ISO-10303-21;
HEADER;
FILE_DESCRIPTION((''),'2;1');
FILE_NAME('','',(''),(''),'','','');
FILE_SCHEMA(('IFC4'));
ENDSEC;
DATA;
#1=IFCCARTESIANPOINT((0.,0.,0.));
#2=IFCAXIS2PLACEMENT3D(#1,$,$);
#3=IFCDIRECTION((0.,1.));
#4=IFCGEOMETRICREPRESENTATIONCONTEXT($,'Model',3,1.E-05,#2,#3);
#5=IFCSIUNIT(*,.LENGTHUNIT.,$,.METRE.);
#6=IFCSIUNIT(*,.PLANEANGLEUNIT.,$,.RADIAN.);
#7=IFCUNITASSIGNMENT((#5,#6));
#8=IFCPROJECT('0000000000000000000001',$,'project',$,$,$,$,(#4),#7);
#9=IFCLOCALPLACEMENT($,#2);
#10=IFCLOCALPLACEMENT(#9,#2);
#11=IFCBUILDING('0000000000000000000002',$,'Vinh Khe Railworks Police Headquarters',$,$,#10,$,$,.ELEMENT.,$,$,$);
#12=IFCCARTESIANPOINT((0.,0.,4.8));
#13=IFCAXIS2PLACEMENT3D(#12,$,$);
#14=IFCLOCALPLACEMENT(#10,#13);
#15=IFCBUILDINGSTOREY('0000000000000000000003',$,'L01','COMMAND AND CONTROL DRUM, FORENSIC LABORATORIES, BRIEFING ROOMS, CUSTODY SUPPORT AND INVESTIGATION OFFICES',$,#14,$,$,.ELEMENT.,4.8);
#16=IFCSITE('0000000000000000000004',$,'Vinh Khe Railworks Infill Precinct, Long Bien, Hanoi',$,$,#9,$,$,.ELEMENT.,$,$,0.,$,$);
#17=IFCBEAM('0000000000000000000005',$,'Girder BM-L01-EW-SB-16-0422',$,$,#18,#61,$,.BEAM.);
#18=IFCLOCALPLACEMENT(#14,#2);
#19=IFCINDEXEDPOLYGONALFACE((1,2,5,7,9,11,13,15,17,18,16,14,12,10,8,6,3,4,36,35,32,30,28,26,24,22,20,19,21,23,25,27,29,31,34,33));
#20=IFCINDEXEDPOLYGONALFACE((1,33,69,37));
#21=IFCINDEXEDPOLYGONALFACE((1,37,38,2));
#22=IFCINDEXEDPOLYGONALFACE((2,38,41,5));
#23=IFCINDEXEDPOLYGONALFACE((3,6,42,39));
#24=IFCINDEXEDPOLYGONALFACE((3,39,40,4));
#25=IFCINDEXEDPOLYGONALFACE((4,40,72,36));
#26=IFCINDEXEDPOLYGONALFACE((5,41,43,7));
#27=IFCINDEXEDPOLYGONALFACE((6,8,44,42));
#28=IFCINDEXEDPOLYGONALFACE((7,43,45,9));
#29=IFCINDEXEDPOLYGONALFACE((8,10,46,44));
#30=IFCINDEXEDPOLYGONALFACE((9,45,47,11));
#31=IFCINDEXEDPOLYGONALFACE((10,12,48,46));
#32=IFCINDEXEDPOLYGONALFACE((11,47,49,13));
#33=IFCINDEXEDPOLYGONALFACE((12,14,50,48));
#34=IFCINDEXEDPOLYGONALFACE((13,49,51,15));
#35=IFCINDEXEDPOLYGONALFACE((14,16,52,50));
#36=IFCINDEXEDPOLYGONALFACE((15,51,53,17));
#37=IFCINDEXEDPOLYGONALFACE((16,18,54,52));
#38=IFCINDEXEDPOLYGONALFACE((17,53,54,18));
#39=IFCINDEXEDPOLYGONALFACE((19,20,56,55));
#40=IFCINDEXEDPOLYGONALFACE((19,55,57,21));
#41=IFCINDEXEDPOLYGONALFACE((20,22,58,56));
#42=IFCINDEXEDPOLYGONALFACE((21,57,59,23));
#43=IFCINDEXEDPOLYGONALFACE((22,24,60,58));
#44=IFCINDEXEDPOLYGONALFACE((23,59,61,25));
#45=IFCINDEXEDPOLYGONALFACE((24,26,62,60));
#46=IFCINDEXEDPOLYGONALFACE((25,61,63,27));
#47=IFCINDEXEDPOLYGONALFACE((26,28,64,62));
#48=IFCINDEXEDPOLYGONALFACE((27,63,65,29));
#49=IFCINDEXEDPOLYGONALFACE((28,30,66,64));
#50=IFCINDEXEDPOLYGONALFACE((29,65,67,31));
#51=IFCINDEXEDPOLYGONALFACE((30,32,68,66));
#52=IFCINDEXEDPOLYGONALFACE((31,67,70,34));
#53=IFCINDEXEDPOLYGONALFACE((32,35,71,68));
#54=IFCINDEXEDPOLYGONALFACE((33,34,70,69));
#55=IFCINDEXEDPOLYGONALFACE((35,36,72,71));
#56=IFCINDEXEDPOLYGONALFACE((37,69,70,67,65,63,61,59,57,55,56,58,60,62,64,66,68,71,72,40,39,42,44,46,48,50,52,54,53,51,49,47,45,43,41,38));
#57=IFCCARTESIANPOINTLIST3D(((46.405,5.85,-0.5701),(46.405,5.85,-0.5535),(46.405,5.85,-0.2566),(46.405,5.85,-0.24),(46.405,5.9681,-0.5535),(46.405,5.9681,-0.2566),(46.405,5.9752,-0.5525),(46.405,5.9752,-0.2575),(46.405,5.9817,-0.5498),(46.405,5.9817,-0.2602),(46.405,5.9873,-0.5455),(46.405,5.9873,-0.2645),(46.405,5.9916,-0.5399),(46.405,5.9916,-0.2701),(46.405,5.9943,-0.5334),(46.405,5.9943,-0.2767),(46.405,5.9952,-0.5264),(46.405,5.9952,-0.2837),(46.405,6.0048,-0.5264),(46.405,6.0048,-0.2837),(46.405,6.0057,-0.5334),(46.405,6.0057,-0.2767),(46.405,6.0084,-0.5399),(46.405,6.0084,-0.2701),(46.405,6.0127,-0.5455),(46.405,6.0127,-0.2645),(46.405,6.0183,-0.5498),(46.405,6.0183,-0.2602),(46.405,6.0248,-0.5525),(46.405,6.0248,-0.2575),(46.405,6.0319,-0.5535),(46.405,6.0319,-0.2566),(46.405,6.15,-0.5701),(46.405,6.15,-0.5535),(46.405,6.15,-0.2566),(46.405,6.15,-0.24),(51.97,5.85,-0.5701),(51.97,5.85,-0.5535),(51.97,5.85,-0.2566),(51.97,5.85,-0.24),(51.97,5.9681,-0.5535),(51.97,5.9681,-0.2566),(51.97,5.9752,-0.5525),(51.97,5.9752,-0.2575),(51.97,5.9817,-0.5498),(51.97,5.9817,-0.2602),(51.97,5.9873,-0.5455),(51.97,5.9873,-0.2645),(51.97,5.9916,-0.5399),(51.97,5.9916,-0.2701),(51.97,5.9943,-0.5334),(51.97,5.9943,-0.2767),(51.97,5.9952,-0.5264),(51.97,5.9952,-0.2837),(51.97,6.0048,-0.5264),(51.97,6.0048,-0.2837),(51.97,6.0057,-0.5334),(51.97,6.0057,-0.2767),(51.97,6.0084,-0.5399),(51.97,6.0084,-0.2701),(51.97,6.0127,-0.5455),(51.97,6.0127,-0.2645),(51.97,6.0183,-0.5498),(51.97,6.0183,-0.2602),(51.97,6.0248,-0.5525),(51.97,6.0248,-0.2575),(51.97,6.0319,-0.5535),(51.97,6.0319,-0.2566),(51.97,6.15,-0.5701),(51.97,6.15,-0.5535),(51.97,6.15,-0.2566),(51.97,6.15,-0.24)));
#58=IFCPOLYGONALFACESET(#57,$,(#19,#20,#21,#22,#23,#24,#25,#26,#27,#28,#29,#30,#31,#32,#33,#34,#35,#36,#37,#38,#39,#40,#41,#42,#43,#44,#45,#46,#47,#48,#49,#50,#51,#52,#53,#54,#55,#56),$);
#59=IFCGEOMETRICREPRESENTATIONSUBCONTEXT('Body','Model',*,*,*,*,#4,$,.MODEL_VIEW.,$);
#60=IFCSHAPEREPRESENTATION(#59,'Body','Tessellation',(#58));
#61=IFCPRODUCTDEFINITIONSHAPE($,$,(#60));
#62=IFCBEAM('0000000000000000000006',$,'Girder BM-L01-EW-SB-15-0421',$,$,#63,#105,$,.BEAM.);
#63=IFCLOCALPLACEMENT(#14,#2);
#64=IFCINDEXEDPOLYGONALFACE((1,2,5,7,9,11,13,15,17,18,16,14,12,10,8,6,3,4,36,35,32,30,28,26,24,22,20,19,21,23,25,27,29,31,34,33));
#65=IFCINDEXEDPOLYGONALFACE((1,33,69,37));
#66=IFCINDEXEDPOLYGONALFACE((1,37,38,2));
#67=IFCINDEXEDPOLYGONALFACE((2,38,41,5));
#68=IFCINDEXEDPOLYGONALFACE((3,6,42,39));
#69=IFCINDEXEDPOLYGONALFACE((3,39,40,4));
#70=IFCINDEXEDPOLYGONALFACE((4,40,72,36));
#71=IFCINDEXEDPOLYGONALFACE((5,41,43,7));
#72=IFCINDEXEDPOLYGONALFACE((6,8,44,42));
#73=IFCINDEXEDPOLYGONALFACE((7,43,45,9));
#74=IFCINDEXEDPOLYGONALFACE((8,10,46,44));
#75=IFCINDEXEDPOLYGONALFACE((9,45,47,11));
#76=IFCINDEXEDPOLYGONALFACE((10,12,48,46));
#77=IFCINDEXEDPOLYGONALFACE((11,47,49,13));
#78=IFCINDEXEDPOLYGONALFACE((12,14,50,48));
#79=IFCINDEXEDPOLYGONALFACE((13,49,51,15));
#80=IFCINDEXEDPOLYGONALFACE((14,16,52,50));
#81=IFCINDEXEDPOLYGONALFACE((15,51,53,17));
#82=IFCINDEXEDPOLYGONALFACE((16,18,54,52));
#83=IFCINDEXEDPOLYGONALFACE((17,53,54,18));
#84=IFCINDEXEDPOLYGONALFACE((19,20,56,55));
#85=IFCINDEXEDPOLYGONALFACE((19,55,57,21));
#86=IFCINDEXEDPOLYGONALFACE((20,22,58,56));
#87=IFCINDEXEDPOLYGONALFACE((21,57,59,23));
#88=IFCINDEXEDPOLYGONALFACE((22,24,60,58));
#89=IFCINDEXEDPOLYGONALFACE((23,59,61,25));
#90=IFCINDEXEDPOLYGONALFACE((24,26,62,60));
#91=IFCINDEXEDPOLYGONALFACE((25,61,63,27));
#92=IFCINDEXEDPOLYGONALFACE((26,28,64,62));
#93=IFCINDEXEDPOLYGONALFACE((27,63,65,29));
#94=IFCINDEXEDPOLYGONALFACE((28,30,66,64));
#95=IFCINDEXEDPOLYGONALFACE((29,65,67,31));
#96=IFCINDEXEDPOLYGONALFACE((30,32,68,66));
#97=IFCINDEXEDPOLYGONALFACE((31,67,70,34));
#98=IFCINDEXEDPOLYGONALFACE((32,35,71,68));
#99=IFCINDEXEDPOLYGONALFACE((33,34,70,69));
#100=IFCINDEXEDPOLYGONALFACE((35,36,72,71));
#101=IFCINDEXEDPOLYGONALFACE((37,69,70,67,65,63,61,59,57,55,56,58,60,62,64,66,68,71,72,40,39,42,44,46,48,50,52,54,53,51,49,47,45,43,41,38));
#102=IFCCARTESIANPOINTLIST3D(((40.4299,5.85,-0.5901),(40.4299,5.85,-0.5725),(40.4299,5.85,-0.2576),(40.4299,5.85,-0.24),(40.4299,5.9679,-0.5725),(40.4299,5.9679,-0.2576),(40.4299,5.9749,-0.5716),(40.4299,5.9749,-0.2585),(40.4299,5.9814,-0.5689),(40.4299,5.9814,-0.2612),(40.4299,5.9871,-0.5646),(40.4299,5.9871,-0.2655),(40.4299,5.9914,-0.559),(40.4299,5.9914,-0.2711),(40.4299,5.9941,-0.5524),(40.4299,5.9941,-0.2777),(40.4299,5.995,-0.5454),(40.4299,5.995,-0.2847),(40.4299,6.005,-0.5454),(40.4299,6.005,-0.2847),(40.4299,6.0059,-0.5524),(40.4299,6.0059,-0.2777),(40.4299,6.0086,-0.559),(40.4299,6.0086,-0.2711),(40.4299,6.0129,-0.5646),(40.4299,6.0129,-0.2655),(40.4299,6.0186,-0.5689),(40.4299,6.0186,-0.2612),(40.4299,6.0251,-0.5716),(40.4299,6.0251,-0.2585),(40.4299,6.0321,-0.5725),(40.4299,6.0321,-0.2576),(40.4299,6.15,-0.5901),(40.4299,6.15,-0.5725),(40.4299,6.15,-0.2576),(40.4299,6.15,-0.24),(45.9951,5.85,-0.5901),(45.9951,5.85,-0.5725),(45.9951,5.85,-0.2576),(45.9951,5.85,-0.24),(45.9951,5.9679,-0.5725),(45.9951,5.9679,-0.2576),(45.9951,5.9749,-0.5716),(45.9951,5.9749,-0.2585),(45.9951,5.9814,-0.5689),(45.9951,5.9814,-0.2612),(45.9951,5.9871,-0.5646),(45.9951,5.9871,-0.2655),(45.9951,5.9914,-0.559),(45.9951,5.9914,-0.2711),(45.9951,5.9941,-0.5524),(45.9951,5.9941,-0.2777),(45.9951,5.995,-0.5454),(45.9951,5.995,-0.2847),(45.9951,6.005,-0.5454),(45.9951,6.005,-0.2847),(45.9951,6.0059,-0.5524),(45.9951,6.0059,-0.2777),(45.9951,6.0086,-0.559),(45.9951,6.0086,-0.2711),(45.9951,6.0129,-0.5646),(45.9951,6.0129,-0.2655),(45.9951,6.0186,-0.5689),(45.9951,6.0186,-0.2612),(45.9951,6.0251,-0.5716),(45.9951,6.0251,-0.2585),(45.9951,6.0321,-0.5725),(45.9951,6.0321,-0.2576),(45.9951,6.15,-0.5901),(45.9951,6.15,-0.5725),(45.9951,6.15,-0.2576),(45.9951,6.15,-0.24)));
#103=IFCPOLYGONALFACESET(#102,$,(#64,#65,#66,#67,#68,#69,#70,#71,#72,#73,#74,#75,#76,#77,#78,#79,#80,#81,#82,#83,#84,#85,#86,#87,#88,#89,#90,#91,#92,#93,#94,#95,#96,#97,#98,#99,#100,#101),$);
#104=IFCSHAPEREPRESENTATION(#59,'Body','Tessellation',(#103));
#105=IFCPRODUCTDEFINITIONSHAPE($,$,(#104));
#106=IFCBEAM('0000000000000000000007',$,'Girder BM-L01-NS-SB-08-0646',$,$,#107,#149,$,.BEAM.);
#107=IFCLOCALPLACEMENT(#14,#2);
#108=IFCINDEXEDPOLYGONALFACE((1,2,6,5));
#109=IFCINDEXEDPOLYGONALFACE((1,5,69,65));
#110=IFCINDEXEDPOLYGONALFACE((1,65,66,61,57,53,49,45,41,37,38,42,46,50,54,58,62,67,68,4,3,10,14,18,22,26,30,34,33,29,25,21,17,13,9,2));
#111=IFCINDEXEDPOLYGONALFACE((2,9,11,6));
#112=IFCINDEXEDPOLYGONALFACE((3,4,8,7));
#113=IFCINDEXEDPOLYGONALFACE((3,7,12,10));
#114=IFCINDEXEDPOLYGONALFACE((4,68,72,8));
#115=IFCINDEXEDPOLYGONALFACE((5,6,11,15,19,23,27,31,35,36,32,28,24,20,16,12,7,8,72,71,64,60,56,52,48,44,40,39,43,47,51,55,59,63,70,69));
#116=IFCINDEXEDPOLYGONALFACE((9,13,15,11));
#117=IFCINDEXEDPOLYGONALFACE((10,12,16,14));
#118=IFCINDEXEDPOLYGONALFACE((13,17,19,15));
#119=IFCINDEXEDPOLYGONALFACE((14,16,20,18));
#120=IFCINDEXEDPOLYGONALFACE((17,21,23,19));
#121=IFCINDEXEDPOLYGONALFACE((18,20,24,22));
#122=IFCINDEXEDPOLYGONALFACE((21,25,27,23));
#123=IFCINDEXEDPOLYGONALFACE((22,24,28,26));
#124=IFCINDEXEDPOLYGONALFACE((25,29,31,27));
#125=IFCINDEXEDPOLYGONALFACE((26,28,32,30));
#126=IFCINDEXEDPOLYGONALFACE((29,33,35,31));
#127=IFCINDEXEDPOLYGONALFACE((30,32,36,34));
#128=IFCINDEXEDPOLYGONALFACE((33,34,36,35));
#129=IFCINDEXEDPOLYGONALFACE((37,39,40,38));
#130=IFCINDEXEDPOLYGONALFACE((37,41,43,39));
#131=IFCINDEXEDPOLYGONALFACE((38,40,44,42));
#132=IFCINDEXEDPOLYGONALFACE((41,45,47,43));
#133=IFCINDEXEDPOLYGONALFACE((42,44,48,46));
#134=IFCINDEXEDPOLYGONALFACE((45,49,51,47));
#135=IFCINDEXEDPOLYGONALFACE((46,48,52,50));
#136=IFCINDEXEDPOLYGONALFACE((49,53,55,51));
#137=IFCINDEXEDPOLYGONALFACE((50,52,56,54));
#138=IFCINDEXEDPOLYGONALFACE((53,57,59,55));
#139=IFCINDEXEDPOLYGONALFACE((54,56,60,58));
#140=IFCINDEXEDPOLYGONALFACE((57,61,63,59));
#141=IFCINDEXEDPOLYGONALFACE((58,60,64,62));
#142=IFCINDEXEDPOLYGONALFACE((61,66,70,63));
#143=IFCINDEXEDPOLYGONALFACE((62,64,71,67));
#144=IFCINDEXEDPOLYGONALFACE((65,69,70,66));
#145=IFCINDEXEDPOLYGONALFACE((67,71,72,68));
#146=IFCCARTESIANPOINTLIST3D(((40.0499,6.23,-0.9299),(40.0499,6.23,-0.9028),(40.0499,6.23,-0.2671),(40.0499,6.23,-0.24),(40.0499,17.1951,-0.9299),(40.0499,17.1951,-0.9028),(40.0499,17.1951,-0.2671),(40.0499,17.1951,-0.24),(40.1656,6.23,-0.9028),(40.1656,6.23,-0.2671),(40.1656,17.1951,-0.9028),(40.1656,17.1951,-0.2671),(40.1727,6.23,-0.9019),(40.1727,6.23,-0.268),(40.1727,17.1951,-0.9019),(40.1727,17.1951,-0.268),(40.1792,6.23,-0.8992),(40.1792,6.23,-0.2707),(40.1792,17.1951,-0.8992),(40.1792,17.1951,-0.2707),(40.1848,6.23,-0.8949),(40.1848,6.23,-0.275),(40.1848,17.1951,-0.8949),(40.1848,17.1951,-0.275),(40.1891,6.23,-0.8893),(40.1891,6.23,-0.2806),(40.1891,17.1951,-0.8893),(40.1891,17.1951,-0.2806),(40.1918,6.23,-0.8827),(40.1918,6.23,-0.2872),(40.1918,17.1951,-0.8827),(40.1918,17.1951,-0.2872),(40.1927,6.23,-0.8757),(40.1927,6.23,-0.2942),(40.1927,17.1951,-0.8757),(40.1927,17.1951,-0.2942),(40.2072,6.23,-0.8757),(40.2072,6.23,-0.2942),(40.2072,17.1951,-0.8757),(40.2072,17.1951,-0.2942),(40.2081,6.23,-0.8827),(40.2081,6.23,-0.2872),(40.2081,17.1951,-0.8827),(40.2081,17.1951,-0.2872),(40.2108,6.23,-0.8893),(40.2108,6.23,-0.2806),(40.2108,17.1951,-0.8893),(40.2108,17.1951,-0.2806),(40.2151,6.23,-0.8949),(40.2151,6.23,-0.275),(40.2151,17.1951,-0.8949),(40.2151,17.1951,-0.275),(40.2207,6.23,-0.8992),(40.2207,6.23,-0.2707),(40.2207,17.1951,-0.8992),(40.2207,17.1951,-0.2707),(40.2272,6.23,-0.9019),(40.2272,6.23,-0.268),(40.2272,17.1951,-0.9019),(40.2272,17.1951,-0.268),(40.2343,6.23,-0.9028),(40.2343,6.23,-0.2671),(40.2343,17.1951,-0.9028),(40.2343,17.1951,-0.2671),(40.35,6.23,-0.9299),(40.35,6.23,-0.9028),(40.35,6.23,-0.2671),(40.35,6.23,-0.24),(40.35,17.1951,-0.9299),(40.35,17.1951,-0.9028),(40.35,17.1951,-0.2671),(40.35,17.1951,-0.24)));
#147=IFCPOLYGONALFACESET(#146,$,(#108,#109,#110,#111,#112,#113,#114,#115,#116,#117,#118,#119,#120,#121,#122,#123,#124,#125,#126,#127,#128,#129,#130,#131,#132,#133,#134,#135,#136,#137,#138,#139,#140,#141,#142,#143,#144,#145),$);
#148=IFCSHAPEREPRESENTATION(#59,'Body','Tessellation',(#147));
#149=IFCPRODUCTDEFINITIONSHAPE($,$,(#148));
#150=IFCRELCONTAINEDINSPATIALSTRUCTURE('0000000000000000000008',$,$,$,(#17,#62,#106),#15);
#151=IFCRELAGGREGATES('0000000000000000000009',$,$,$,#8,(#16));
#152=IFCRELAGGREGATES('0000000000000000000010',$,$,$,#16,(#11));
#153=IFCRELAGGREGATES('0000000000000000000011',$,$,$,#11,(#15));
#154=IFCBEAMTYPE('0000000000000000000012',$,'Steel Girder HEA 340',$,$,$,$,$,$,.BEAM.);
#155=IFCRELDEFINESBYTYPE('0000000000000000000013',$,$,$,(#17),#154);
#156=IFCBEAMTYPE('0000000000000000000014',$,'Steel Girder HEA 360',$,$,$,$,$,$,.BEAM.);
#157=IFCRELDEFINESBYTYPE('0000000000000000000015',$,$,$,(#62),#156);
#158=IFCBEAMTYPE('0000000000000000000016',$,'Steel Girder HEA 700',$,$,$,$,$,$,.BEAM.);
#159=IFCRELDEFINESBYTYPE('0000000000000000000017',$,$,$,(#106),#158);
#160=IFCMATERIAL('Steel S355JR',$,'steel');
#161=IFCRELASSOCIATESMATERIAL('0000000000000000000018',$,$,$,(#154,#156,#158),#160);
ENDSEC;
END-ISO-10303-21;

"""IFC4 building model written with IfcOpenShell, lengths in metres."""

from ifc_helpers import new_model, si_unit, direction, frame, origin, origin_2d, place, context, subcontext, project, spatial, i_section, extrude, material, material_profile, profile_set, type_object, element, save


model = new_model("IFC4")

# Units and contexts
model_context = context("Model", 3, precision=1e-05, world=origin(), true_north=direction((0.0, 1.0)))
body_context = subcontext(model_context, "Body", "Model", "MODEL_VIEW")
ifc_project = project(units=[si_unit("LENGTHUNIT", "METRE"), si_unit("PLANEANGLEUNIT", "RADIAN")], contexts=[model_context])

# Site, building, storey
site_placement = place(None, origin())
site = spatial("IfcSite", under=ifc_project, at=site_placement, Name="Vinh Khe Railworks Infill Precinct, Long Bien, Hanoi", CompositionType="ELEMENT", RefElevation=0.0)
building_placement = place(site_placement, origin())
building = spatial("IfcBuilding", under=site, at=building_placement, Name="Vinh Khe Railworks Police Headquarters", CompositionType="ELEMENT")
storey_placement = place(building_placement, frame((0.0, 0.0, 4.8)))
storey = spatial("IfcBuildingStorey", under=building, at=storey_placement, Name="L01", Description="COMMAND AND CONTROL DRUM, FORENSIC LABORATORIES, BRIEFING ROOMS, CUSTODY SUPPORT AND INVESTIGATION OFFICES", CompositionType="ELEMENT", Elevation=4.8)

# Shared definitions
ifc_material_1 = material(Name="Steel S355JR", Category="steel")

# Beams
ifc_material_profile_1 = material_profile(ifc_material_1, i_section(OverallWidth=0.3, OverallDepth=0.3301, WebThickness=0.0095, FlangeThickness=0.0166, FilletRadius=0.0271, at=origin_2d()), Name="HEA 340")
ifc_profile_set_1 = profile_set([ifc_material_profile_1], Name="Steel S355JR")
beam_type_1 = type_object("IfcBeamType", Name="Steel Girder HEA 340", PredefinedType="BEAM", material=ifc_profile_set_1)
beam_1_placement = place(storey_placement, frame((46.405, 6.0, -0.405), z_axis=(1.0, 0.0, 0.0), x_axis=(0.0, 1.0, 0.0)))
element("IfcBeam", 1, at=beam_1_placement, inside=storey, type_object=beam_type_1, Name="Girder BM-L01-EW-SB-16-0422", PredefinedType="BEAM", context=body_context, shape_type="SweptSolid", body=[
    extrude(i_section(OverallWidth=0.3, OverallDepth=0.3301, WebThickness=0.0095, FlangeThickness=0.0166, FilletRadius=0.0271, at=origin_2d()), origin(), (0.0, 0.0, 1.0), 5.5649),
])
ifc_material_profile_2 = material_profile(ifc_material_1, i_section(OverallWidth=0.3, OverallDepth=0.3501, WebThickness=0.01, FlangeThickness=0.0176, FilletRadius=0.0271, at=origin_2d()), Name="HEA 360")
ifc_profile_set_2 = profile_set([ifc_material_profile_2], Name="Steel S355JR")
beam_type_2 = type_object("IfcBeamType", Name="Steel Girder HEA 360", PredefinedType="BEAM", material=ifc_profile_set_2)
beam_2_placement = place(storey_placement, frame((40.4299, 6.0, -0.415), z_axis=(1.0, 0.0, 0.0), x_axis=(0.0, 1.0, 0.0)))
element("IfcBeam", 2, at=beam_2_placement, inside=storey, type_object=beam_type_2, Name="Girder BM-L01-EW-SB-15-0421", PredefinedType="BEAM", context=body_context, shape_type="SweptSolid", body=[
    extrude(i_section(OverallWidth=0.3, OverallDepth=0.3501, WebThickness=0.01, FlangeThickness=0.0176, FilletRadius=0.0271, at=origin_2d()), origin(), (0.0, 0.0, 1.0), 5.5652),
])
ifc_material_profile_3 = material_profile(ifc_material_1, i_section(OverallWidth=0.3, OverallDepth=0.6899, WebThickness=0.0144, FlangeThickness=0.0271, FilletRadius=0.0271, at=origin_2d()), Name="HEA 700")
ifc_profile_set_3 = profile_set([ifc_material_profile_3], Name="Steel S355JR")
beam_type_3 = type_object("IfcBeamType", Name="Steel Girder HEA 700", PredefinedType="BEAM", material=ifc_profile_set_3)
beam_3_placement = place(storey_placement, frame((40.2, 6.23, -0.585), z_axis=(0.0, 1.0, 0.0), x_axis=(-1.0, 0.0, 0.0)))
element("IfcBeam", 3, at=beam_3_placement, inside=storey, type_object=beam_type_3, Name="Girder BM-L01-NS-SB-08-0646", PredefinedType="BEAM", context=body_context, shape_type="SweptSolid", body=[
    extrude(i_section(OverallWidth=0.3, OverallDepth=0.6899, WebThickness=0.0144, FlangeThickness=0.0271, FilletRadius=0.0271, at=origin_2d()), origin(), (0.0, 0.0, 1.0), 10.9651),
])

save(model, "model.ifc")
